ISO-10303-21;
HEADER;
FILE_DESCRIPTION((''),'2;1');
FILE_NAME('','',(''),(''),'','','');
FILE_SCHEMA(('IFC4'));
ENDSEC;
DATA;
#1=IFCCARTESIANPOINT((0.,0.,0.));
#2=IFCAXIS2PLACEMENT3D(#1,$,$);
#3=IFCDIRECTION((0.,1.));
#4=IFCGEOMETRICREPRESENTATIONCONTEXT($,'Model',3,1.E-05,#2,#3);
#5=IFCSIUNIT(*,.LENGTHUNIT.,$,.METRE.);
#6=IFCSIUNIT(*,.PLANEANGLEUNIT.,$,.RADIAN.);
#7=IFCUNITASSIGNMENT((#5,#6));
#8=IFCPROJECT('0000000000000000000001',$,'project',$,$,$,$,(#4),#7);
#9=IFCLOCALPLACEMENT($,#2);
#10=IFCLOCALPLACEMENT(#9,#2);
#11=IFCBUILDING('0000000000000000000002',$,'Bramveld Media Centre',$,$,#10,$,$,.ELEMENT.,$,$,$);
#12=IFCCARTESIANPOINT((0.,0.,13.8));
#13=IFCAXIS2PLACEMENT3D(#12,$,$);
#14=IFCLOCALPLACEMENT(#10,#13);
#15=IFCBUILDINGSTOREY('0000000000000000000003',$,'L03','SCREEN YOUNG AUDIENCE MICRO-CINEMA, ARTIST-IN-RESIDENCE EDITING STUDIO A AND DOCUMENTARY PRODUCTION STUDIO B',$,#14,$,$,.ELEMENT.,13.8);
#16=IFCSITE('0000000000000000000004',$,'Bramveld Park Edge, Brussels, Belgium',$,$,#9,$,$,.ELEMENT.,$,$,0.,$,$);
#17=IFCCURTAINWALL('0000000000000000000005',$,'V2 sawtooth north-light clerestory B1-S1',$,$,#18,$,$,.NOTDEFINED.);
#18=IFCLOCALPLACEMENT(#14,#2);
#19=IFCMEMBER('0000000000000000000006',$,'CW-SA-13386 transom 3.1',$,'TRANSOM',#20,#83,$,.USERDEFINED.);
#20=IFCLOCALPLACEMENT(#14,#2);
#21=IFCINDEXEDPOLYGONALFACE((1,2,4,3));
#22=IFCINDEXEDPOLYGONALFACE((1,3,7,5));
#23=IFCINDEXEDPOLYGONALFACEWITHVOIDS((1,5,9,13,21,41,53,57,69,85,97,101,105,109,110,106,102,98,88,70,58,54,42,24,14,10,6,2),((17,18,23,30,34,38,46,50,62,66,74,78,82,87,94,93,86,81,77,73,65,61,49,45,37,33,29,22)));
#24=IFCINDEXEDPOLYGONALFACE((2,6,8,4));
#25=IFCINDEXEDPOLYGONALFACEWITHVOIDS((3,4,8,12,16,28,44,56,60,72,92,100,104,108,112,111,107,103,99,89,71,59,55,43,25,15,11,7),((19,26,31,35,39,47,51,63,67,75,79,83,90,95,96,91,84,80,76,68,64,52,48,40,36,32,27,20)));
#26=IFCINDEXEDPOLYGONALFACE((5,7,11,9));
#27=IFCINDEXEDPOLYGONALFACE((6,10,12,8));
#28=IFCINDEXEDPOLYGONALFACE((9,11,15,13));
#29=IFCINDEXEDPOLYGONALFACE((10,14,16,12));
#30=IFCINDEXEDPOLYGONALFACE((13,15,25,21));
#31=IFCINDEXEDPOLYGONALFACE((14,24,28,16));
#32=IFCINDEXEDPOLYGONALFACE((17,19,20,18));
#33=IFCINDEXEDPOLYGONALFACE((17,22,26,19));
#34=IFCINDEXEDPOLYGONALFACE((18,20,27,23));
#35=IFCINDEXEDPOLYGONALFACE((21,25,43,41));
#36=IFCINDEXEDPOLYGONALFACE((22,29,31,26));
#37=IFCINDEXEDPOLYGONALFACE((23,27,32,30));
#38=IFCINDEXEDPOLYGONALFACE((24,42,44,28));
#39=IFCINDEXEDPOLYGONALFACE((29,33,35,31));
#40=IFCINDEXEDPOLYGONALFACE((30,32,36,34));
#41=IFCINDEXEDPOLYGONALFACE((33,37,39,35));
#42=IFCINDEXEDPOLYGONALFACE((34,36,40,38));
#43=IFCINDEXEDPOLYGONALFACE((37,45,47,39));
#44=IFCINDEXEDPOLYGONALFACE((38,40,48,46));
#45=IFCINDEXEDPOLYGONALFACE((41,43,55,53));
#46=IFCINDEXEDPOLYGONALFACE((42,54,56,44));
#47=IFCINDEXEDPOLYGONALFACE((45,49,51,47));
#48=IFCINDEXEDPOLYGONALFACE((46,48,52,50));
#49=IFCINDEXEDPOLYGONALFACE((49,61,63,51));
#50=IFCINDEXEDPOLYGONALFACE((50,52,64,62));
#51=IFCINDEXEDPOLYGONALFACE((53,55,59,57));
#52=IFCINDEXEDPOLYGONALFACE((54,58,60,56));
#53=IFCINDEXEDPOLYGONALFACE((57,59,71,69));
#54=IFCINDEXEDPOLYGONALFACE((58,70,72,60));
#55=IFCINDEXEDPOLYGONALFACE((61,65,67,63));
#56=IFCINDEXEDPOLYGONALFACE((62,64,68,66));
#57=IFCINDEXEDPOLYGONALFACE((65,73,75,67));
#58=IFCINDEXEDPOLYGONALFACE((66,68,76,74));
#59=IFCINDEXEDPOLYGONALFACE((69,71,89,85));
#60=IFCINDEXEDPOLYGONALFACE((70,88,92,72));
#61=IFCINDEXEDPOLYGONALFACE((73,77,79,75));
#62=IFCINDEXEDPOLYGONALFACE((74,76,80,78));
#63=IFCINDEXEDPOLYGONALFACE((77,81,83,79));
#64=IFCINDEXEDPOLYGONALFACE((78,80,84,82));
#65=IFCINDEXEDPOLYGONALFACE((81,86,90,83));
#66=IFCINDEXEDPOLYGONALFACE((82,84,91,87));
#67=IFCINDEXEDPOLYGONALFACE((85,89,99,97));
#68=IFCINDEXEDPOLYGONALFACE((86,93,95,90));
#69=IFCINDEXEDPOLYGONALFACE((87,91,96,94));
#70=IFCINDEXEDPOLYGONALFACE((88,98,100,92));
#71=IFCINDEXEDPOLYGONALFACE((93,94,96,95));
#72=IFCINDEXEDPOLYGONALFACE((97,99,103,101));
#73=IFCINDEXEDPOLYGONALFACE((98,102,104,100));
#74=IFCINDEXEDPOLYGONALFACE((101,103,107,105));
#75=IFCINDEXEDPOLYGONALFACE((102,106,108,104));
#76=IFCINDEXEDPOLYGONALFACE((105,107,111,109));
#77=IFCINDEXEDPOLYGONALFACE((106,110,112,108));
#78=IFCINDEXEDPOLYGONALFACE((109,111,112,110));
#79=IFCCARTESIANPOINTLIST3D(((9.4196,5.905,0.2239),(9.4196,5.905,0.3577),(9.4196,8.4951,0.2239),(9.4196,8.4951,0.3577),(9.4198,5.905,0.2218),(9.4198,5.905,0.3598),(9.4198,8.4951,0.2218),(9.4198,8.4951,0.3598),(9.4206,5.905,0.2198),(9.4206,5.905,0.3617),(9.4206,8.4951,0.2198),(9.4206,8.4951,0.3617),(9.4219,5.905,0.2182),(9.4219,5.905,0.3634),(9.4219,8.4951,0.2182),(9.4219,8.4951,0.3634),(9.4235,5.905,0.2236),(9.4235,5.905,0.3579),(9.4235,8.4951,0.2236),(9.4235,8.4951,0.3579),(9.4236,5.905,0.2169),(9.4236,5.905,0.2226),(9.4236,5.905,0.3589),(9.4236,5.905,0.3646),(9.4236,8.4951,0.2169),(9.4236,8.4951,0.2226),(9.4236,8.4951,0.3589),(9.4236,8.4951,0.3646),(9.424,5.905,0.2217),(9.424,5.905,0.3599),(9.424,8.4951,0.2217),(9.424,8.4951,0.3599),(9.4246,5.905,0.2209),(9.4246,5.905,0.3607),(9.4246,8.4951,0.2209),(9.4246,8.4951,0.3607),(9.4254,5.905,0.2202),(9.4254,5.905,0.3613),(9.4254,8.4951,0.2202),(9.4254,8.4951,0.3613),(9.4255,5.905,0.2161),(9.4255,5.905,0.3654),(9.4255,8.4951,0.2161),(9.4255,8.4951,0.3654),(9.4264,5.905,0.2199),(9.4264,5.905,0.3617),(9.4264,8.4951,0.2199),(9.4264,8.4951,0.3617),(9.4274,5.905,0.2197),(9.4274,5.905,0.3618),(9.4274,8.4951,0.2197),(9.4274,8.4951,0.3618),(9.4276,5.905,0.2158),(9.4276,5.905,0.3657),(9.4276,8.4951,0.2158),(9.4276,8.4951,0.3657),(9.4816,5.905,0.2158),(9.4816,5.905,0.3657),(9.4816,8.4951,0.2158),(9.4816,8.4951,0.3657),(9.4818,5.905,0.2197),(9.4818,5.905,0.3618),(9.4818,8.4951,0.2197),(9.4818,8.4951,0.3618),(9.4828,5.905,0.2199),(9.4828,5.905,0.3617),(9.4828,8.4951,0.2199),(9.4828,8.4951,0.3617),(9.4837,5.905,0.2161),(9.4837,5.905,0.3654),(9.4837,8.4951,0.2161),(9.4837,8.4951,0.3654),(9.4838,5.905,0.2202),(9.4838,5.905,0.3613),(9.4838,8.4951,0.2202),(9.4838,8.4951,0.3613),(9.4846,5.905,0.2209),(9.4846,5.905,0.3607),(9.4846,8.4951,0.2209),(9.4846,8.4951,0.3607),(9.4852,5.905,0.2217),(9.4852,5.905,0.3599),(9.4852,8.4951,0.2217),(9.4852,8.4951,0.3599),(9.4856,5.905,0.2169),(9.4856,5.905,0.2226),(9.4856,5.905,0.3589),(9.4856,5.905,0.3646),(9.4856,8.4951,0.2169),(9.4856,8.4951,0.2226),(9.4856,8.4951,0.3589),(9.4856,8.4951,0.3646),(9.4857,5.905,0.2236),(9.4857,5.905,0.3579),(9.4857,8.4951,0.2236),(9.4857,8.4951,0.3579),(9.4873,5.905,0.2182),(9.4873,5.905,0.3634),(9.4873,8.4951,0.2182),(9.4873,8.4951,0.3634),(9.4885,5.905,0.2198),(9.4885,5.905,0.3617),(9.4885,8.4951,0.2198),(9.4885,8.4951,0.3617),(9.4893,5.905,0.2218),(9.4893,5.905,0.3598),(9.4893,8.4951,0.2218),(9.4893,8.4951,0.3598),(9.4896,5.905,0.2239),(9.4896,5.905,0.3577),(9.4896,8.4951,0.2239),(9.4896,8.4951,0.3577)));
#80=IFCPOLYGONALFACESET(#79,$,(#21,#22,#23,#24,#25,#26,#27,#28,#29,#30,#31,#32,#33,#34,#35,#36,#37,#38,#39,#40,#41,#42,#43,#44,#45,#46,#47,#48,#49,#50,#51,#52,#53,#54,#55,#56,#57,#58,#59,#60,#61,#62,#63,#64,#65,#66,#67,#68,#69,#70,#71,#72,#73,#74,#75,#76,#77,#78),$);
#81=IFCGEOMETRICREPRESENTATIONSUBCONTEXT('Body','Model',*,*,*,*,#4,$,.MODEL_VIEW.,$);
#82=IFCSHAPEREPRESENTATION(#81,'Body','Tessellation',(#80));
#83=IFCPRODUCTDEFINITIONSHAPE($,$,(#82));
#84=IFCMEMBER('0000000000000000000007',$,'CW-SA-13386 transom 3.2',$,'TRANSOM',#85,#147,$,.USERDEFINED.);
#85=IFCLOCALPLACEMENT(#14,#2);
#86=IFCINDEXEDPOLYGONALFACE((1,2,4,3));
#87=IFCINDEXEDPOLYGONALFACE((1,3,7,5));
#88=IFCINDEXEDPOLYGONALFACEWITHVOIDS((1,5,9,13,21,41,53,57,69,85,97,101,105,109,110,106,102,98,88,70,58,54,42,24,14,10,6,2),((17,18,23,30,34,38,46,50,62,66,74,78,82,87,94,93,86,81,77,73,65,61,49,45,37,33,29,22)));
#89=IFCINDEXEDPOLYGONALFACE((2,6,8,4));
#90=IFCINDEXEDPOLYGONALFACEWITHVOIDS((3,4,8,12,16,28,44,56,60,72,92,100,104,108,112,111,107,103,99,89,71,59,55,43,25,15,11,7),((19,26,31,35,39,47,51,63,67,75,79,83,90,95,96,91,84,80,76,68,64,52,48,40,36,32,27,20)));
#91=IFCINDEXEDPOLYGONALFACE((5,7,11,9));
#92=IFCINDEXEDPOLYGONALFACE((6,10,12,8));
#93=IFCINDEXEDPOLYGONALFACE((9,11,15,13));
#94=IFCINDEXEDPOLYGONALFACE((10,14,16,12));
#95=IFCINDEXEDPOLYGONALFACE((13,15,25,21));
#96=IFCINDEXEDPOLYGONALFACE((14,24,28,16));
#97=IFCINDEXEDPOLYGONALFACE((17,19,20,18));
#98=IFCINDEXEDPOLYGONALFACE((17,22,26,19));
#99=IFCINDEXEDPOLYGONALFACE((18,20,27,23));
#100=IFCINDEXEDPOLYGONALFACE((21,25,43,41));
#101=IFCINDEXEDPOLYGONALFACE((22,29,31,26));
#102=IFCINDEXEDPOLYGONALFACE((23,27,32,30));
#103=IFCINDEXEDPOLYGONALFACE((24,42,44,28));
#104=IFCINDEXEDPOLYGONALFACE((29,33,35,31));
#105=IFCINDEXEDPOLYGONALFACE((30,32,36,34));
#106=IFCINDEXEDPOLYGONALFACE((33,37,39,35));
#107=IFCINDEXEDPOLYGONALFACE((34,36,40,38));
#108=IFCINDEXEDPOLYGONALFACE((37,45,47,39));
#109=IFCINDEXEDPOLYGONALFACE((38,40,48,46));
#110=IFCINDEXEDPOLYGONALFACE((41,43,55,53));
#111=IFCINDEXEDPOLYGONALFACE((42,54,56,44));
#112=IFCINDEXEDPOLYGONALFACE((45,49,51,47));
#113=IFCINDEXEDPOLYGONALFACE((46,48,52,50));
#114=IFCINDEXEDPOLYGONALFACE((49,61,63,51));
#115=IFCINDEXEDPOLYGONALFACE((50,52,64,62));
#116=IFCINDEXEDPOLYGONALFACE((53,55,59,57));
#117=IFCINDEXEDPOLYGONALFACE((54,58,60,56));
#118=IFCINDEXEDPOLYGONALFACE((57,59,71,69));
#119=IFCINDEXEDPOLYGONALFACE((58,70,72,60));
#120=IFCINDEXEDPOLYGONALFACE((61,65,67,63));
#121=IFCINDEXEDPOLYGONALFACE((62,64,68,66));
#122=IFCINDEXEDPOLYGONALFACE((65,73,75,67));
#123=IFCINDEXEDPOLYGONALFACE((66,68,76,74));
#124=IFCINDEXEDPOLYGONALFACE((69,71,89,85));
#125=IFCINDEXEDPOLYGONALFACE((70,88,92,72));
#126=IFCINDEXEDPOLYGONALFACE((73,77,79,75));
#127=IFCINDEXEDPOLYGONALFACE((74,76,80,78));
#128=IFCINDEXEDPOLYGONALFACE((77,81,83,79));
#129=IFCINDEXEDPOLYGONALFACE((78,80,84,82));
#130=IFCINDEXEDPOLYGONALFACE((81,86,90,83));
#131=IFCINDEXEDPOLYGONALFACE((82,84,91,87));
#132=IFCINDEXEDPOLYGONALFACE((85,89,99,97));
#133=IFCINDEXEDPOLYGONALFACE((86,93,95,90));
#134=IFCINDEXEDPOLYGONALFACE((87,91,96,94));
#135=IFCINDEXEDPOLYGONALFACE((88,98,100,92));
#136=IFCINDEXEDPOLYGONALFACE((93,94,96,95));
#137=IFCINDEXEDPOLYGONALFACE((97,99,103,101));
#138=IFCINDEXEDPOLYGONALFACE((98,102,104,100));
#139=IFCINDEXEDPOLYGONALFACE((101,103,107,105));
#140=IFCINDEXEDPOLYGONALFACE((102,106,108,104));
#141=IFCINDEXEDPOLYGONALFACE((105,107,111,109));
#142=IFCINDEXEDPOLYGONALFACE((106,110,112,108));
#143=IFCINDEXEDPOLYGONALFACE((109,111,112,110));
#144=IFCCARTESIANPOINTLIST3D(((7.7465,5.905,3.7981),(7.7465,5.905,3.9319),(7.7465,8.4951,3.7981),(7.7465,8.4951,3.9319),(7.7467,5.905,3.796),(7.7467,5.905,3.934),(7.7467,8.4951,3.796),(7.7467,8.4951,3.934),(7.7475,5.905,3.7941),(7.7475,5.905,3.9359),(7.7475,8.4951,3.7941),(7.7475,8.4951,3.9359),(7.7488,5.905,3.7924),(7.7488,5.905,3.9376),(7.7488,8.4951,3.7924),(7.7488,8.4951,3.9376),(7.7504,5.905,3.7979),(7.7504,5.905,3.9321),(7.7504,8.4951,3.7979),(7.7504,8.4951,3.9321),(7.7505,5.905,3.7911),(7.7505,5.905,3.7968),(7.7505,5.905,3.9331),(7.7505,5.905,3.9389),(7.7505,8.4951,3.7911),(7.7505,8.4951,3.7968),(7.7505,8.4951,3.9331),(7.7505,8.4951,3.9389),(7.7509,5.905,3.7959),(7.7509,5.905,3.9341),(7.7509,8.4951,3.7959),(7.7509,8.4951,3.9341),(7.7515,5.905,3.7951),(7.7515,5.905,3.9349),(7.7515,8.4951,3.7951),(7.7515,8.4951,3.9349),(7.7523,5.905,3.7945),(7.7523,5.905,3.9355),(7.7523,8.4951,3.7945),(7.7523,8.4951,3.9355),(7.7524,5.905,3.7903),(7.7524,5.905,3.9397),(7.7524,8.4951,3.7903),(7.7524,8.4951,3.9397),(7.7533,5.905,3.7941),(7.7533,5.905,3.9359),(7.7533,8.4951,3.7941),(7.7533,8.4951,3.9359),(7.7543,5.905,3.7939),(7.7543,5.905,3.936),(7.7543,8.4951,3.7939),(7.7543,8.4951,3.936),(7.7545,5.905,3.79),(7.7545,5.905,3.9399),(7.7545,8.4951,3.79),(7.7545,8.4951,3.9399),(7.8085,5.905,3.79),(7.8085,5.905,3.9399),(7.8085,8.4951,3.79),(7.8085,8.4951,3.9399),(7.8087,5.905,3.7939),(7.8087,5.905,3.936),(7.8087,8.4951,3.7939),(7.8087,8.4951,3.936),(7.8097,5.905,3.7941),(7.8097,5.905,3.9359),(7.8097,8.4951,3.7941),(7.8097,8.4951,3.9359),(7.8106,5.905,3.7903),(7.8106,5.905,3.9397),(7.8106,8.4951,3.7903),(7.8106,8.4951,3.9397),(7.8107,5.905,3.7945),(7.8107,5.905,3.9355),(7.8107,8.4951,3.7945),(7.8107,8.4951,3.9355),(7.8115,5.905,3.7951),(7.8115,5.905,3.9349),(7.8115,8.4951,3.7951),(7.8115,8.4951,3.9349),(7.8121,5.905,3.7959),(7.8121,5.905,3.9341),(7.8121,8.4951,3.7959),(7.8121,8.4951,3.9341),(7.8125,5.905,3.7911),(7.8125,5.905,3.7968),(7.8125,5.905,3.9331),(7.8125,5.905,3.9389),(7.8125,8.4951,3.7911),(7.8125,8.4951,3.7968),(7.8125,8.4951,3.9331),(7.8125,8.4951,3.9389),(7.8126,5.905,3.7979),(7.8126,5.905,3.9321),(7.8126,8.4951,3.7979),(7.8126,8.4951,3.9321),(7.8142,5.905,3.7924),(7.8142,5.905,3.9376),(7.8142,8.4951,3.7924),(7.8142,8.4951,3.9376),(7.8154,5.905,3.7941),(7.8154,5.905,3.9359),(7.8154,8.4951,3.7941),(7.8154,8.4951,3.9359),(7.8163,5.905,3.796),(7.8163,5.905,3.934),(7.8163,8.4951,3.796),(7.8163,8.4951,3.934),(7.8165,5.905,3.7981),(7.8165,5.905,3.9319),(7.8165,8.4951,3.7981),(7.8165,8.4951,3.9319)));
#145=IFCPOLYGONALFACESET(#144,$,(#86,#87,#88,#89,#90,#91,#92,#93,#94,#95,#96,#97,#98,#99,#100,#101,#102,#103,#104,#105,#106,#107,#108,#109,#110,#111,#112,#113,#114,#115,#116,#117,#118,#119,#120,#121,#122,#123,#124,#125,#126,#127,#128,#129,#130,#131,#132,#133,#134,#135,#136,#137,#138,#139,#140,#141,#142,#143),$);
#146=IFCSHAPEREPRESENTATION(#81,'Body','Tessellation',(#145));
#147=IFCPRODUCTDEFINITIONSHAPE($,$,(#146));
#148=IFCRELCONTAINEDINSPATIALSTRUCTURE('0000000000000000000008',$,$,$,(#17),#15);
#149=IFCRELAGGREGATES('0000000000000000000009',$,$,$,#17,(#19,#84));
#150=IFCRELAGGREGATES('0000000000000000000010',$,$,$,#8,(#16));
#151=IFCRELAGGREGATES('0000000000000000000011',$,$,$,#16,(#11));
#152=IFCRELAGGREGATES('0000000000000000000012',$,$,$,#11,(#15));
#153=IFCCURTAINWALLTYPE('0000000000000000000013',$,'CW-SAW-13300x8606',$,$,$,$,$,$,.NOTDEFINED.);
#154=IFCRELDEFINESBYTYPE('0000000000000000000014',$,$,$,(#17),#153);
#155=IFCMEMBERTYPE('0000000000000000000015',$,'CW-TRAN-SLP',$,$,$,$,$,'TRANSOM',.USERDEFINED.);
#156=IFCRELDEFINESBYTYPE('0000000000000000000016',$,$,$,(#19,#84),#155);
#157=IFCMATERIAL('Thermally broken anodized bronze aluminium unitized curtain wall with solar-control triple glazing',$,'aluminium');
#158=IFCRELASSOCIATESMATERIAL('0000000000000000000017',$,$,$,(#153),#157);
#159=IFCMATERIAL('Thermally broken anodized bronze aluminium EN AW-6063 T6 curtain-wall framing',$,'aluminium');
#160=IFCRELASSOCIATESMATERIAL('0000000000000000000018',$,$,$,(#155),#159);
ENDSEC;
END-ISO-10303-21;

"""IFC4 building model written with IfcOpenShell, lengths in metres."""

from ifc_helpers import new_model, si_unit, direction, frame, origin, origin_2d, place, context, subcontext, project, spatial, hollow_rectangle, extrude, material, material_profile, profile_set, type_object, element, aggregate, save


model = new_model("IFC4")

# Units and contexts
model_context = context("Model", 3, precision=1e-05, world=origin(), true_north=direction((0.0, 1.0)))
body_context = subcontext(model_context, "Body", "Model", "MODEL_VIEW")
ifc_project = project(units=[si_unit("LENGTHUNIT", "METRE"), si_unit("PLANEANGLEUNIT", "RADIAN")], contexts=[model_context])

# Site, building, storey
site_placement = place(None, origin())
site = spatial("IfcSite", under=ifc_project, at=site_placement, Name="Bramveld Park Edge, Brussels, Belgium", CompositionType="ELEMENT", RefElevation=0.0)
building_placement = place(site_placement, origin())
building = spatial("IfcBuilding", under=site, at=building_placement, Name="Bramveld Media Centre", CompositionType="ELEMENT")
storey_placement = place(building_placement, frame((0.0, 0.0, 13.8)))
storey = spatial("IfcBuildingStorey", under=building, at=storey_placement, Name="L03", Description="SCREEN YOUNG AUDIENCE MICRO-CINEMA, ARTIST-IN-RESIDENCE EDITING STUDIO A AND DOCUMENTARY PRODUCTION STUDIO B", CompositionType="ELEMENT", Elevation=13.8)

# Curtain wall, members
ifc_material_1 = material(Name="Thermally broken anodized bronze aluminium unitized curtain wall with solar-control triple glazing", Category="aluminium")
curtain_wall_type = type_object("IfcCurtainWallType", Name="CW-SAW-13300x8606", PredefinedType="NOTDEFINED", material=ifc_material_1)
curtain_wall_1_placement = place(storey_placement, origin())
curtain_wall_1 = element("IfcCurtainWall", 1, at=curtain_wall_1_placement, inside=storey, type_object=curtain_wall_type, Name="V2 sawtooth north-light clerestory B1-S1", PredefinedType="NOTDEFINED")
ifc_material_2 = material(Name="Thermally broken anodized bronze aluminium EN AW-6063 T6 curtain-wall framing", Category="aluminium")
ifc_material_profile_1 = material_profile(ifc_material_2, hollow_rectangle(XDim=0.0701, YDim=0.1499, WallThickness=0.0039, InnerFilletRadius=0.0039, OuterFilletRadius=0.0081, at=origin_2d()), Name="AL-TRAN 70x150")
ifc_profile_set_1 = profile_set([ifc_material_profile_1], Name="Thermally broken anodized bronze aluminium EN AW-6063 T6 curtain-wall framing")
member_type_1 = type_object("IfcMemberType", Name="CW-TRAN-SLP", ElementType="TRANSOM", PredefinedType="USERDEFINED", material=ifc_profile_set_1)
member_1_placement = place(storey_placement, frame((9.4546, 5.905, 0.2908), z_axis=(0.0, 1.0, 0.0), x_axis=(-1.0, 0.0, 0.0)))
member_1 = element("IfcMember", 2, at=member_1_placement, type_object=member_type_1, Name="CW-SA-13386 transom 3.1", ObjectType="TRANSOM", PredefinedType="USERDEFINED", context=body_context, shape_type="SweptSolid", body=[
    extrude(hollow_rectangle(XDim=0.0701, YDim=0.1499, WallThickness=0.0039, InnerFilletRadius=0.0039, OuterFilletRadius=0.0081, at=origin_2d()), origin(), (0.0, 0.0, 1.0), 2.5901),
])
member_2_placement = place(storey_placement, frame((7.7815, 5.905, 3.865), z_axis=(0.0, 1.0, 0.0), x_axis=(-1.0, 0.0, 0.0)))
member_2 = element("IfcMember", 3, at=member_2_placement, type_object=member_type_1, Name="CW-SA-13386 transom 3.2", ObjectType="TRANSOM", PredefinedType="USERDEFINED", context=body_context, shape_type="SweptSolid", body=[
    extrude(hollow_rectangle(XDim=0.0701, YDim=0.1499, WallThickness=0.0039, InnerFilletRadius=0.0039, OuterFilletRadius=0.0081, at=origin_2d()), origin(), (0.0, 0.0, 1.0), 2.5901),
])

aggregate(curtain_wall_1, [member_1, member_2])

save(model, "model.ifc")
